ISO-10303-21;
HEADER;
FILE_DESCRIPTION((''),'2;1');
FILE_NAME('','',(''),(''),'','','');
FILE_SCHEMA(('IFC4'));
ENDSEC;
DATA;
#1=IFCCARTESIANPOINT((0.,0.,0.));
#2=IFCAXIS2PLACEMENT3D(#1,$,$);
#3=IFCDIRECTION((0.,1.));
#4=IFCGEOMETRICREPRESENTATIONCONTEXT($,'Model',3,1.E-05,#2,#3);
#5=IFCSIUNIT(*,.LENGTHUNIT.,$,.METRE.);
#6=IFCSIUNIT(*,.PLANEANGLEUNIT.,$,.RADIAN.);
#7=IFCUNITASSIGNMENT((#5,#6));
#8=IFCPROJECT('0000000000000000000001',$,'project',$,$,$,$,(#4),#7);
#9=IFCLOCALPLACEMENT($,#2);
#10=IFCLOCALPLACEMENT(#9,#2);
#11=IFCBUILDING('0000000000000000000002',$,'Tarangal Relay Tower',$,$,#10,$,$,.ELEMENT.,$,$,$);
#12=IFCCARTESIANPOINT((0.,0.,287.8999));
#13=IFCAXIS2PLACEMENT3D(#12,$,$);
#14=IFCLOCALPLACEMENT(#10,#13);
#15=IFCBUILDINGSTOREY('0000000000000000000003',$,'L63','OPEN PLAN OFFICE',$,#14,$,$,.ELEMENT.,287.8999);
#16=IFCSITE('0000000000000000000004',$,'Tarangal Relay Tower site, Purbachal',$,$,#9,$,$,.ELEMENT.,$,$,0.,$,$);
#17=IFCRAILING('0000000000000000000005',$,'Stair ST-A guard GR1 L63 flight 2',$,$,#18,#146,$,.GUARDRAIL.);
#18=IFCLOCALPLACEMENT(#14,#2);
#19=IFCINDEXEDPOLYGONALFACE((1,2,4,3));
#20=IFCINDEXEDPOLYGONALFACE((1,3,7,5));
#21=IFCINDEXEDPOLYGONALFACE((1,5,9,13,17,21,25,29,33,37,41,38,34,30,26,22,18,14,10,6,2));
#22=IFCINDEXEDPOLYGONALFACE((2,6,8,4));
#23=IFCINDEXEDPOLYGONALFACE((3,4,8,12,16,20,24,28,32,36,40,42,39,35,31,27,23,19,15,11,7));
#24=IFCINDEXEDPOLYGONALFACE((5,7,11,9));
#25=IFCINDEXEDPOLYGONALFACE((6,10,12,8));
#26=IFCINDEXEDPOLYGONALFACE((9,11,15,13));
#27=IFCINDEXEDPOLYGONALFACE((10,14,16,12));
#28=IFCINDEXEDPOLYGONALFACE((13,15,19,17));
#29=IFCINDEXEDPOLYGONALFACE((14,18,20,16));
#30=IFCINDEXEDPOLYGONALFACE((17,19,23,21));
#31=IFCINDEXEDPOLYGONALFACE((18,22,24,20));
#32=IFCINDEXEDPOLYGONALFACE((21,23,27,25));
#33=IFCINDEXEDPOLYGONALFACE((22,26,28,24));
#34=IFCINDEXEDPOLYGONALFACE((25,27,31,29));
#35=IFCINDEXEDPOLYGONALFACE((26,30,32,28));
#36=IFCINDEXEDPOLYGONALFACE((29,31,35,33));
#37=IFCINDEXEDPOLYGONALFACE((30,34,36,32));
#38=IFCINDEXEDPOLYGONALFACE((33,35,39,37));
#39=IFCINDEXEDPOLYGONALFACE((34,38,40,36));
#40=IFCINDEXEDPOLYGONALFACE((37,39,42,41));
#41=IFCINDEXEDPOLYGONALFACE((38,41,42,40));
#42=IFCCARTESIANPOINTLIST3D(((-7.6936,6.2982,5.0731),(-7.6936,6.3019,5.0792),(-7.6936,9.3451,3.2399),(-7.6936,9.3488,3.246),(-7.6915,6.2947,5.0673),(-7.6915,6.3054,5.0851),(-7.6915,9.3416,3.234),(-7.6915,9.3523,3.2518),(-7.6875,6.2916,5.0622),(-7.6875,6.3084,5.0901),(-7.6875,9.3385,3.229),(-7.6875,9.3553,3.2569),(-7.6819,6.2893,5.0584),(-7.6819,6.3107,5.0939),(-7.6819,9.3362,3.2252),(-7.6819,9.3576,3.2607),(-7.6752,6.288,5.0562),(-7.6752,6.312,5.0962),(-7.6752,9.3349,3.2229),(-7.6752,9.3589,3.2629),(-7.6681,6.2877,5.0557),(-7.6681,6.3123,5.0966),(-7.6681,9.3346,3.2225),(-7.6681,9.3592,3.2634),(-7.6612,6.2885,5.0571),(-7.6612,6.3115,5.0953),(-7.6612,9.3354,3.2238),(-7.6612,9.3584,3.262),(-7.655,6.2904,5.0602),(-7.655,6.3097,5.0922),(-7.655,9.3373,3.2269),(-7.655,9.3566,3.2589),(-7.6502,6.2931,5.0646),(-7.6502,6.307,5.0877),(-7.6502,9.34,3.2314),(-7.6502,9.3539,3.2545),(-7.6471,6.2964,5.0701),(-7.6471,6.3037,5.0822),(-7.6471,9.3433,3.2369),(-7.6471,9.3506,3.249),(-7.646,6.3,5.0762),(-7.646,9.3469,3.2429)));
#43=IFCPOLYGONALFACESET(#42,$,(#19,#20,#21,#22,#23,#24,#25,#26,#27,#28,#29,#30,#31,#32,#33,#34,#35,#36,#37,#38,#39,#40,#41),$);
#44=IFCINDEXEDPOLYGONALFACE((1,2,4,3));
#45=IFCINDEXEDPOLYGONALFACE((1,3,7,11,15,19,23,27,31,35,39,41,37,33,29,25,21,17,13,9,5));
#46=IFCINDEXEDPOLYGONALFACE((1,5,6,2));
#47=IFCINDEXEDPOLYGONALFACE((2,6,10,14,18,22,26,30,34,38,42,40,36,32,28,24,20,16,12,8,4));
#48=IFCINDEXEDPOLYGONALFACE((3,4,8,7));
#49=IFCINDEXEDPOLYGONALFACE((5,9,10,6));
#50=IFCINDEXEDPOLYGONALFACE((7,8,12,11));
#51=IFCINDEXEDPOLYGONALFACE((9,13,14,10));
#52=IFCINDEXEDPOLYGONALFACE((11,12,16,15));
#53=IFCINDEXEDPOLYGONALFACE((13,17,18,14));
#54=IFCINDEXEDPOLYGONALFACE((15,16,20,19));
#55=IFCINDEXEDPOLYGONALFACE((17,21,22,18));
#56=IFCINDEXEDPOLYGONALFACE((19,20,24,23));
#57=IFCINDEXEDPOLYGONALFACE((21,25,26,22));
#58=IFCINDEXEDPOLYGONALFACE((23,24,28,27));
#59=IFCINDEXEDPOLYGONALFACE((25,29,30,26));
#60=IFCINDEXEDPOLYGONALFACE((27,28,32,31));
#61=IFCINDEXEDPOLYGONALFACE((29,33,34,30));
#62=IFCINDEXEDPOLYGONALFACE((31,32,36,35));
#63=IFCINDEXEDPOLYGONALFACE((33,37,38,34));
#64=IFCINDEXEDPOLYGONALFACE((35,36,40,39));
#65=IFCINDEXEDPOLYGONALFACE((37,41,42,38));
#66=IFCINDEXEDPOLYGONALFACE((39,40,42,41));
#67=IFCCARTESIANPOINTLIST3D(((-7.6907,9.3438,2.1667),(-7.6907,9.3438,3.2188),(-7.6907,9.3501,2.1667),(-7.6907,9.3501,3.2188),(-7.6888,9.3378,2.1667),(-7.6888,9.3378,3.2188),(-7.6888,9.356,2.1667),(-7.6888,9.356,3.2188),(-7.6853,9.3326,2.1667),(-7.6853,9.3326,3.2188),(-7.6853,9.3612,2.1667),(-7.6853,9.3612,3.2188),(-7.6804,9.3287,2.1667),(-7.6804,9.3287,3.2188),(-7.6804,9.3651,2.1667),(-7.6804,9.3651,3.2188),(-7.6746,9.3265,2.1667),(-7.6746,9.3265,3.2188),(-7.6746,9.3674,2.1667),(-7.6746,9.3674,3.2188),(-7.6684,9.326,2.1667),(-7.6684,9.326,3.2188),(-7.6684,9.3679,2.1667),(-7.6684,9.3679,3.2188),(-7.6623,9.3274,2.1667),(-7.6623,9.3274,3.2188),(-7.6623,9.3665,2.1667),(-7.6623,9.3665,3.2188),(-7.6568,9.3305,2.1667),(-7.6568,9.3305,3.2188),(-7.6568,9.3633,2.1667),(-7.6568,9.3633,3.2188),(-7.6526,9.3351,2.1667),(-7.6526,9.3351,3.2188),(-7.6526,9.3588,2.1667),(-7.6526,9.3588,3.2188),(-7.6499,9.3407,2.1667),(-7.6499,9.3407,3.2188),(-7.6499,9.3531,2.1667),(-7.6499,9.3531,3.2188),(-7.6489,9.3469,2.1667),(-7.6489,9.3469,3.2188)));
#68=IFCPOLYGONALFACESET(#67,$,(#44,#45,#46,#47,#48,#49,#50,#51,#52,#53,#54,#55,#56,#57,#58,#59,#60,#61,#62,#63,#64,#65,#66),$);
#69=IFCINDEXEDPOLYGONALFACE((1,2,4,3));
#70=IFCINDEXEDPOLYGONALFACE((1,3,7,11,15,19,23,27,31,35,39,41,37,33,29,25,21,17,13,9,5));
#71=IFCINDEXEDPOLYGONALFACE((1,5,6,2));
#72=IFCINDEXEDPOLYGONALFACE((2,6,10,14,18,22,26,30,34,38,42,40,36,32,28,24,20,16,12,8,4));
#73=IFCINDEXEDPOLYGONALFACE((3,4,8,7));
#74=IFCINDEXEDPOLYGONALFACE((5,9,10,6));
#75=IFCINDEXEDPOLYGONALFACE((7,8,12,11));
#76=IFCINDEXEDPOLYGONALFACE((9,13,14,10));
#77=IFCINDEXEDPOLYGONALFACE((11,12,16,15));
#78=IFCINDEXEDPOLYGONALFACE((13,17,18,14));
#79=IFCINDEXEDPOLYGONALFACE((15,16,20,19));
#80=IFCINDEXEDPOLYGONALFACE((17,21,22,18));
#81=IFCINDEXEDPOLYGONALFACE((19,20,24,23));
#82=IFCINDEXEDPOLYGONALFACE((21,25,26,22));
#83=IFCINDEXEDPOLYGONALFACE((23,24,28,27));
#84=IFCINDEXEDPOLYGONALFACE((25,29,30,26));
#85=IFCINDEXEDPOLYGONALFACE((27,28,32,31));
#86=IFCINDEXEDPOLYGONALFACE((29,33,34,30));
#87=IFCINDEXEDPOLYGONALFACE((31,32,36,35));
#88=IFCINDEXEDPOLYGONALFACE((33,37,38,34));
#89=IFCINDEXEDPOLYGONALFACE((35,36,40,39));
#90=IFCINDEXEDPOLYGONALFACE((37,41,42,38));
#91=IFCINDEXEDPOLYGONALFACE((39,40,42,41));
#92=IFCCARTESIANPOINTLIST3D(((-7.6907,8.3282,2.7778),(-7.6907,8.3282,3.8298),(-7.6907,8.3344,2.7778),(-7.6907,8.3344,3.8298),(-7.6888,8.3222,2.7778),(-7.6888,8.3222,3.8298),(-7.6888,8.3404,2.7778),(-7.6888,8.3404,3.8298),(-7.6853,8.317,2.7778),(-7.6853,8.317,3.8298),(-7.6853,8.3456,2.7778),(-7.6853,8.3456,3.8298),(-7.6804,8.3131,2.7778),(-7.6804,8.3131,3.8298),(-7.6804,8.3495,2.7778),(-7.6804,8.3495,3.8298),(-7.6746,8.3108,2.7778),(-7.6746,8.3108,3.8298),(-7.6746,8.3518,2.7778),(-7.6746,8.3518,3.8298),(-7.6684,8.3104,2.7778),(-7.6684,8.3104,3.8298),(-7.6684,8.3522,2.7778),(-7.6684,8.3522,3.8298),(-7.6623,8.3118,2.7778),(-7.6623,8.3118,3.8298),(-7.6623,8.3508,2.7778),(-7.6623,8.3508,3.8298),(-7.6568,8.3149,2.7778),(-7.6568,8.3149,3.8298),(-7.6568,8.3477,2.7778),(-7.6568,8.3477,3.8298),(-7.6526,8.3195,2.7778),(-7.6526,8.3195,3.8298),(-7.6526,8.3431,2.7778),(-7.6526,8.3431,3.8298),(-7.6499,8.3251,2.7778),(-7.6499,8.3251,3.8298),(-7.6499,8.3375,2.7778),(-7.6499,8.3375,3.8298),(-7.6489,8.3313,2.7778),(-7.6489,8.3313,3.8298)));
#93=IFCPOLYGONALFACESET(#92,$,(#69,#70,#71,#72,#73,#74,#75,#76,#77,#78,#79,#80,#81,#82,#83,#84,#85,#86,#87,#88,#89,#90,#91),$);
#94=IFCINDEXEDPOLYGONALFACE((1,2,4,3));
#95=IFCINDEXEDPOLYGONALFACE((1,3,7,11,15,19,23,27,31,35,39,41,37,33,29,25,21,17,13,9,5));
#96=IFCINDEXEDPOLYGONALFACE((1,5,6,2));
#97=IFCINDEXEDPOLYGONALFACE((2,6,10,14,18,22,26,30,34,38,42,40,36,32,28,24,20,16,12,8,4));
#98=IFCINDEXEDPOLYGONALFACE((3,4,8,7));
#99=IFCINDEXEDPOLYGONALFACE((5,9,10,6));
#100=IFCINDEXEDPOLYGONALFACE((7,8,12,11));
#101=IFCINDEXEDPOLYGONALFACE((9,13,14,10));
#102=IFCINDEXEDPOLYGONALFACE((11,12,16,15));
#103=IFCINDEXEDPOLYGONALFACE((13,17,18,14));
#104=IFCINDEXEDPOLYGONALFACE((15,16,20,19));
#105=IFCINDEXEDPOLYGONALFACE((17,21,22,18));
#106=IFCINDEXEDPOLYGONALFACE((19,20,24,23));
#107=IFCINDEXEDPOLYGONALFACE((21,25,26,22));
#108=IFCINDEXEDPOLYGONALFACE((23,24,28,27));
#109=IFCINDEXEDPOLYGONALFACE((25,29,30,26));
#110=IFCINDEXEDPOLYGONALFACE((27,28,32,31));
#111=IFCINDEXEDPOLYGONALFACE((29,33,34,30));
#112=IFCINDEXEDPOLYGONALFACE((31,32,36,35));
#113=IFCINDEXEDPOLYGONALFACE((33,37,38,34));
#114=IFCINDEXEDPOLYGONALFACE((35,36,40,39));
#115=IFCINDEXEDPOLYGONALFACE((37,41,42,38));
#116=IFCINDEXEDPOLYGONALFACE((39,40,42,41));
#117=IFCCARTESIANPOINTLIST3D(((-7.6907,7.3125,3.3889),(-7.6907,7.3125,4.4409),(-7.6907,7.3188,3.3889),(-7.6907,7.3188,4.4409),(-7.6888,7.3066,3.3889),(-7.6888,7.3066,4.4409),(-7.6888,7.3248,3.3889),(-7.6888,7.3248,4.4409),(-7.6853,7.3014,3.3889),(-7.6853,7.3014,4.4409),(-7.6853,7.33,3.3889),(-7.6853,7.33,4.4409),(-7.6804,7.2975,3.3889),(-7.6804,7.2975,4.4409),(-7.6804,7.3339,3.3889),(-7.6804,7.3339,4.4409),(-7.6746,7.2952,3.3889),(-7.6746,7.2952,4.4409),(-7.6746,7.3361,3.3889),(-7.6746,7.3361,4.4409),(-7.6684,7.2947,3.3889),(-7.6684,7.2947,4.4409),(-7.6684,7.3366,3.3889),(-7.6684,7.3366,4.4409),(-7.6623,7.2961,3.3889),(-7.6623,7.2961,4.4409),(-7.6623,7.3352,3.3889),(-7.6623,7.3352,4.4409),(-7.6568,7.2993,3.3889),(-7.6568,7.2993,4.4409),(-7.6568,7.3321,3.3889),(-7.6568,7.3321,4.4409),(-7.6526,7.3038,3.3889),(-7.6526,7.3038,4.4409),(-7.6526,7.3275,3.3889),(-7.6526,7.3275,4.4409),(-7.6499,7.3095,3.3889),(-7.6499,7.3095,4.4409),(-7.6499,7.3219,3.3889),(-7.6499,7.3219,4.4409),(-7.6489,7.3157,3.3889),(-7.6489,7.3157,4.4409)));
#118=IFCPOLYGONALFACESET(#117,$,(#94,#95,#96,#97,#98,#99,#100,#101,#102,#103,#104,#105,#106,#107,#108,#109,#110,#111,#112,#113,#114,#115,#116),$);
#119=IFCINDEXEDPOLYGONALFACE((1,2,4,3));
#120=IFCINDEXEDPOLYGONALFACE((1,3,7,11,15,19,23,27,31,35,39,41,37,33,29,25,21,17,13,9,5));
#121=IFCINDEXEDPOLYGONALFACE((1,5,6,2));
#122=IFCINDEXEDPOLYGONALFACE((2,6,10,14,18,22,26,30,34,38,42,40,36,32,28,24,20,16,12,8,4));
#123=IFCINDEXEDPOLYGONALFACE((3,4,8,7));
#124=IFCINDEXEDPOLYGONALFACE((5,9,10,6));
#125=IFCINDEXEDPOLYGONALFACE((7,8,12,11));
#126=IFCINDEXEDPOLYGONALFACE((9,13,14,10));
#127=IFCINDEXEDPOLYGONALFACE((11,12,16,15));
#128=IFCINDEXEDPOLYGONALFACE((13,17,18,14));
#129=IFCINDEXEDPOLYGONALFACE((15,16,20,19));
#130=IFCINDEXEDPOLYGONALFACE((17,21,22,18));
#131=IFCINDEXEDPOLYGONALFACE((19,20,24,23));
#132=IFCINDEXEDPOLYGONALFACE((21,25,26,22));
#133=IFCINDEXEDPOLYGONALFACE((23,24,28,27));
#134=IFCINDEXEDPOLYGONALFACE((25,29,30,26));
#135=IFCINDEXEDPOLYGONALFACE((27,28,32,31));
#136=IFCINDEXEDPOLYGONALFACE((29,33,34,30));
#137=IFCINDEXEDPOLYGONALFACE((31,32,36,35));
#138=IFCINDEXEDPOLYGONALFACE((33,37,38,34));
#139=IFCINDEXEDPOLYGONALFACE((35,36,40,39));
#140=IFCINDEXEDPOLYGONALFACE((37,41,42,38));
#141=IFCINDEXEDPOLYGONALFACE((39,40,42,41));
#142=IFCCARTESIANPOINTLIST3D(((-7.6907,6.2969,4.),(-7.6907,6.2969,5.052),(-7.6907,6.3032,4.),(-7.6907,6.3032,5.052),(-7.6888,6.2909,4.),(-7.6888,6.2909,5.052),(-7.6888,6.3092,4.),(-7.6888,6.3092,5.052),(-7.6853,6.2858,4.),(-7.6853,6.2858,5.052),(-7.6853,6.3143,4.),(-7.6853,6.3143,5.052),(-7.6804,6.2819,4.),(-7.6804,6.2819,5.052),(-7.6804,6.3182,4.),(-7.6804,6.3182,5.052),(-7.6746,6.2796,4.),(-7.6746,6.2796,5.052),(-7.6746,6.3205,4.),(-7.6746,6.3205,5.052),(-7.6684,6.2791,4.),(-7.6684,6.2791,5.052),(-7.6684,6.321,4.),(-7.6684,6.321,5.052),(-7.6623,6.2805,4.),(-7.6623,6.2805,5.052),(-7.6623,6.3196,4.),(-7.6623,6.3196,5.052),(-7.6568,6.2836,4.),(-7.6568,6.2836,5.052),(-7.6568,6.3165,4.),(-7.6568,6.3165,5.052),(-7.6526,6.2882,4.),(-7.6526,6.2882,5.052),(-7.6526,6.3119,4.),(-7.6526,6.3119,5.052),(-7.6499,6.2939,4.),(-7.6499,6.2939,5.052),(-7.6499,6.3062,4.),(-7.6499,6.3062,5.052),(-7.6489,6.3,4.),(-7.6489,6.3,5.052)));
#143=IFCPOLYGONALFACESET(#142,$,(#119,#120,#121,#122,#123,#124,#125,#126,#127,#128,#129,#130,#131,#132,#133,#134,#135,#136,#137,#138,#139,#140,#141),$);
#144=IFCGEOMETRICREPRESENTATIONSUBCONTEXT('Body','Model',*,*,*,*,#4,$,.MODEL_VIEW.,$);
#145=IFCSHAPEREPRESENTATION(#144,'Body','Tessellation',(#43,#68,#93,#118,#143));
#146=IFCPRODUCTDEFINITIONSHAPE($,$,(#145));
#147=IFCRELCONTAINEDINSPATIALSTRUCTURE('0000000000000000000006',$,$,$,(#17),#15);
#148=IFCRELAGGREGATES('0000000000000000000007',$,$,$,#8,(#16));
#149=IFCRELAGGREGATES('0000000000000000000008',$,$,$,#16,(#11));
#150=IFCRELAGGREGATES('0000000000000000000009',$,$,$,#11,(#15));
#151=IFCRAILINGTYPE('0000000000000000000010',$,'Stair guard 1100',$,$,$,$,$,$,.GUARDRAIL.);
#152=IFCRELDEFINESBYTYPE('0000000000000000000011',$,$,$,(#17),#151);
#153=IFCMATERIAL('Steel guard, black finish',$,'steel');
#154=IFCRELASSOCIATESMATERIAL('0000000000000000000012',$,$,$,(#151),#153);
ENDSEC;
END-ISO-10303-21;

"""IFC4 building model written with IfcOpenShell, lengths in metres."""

from ifc_helpers import new_model, si_unit, direction, frame, origin, origin_2d, place, context, subcontext, project, spatial, circle, extrude, material, type_object, element, save


model = new_model("IFC4")

# Units and contexts
model_context = context("Model", 3, precision=1e-05, world=origin(), true_north=direction((0.0, 1.0)))
body_context = subcontext(model_context, "Body", "Model", "MODEL_VIEW")
ifc_project = project(units=[si_unit("LENGTHUNIT", "METRE"), si_unit("PLANEANGLEUNIT", "RADIAN")], contexts=[model_context])

# Site, building, storey
site_placement = place(None, origin())
site = spatial("IfcSite", under=ifc_project, at=site_placement, Name="Tarangal Relay Tower site, Purbachal", CompositionType="ELEMENT", RefElevation=0.0)
building_placement = place(site_placement, origin())
building = spatial("IfcBuilding", under=site, at=building_placement, Name="Tarangal Relay Tower", CompositionType="ELEMENT")
storey_placement = place(building_placement, frame((0.0, 0.0, 287.8999)))
storey = spatial("IfcBuildingStorey", under=building, at=storey_placement, Name="L63", Description="OPEN PLAN OFFICE", CompositionType="ELEMENT", Elevation=287.8999)

# Railing
ifc_material_1 = material(Name="Steel guard, black finish", Category="steel")
railing_type_1 = type_object("IfcRailingType", Name="Stair guard 1100", PredefinedType="GUARDRAIL", material=ifc_material_1)
railing_1_placement = place(storey_placement, frame((-7.6699, 9.3469, 2.1667)))
element("IfcRailing", 1, at=railing_1_placement, inside=storey, type_object=railing_type_1, Name="Stair ST-A guard GR1 L63 flight 2", PredefinedType="GUARDRAIL", context=body_context, shape_type="SweptSolid", body=[
    extrude(circle(Radius=0.0239, at=origin_2d()), frame((0.0, 0.0, 1.0762), z_axis=(0.0, -0.856856, 0.515556), x_axis=(1.0, 0.0, 0.0)), (0.0, 0.0, 1.0), 3.5559),
    extrude(circle(Radius=0.021, at=origin_2d()), origin(), (0.0, 0.0, 1.0), 1.052),
    extrude(circle(Radius=0.021, at=origin_2d()), frame((0.0, -1.0156, 0.6111)), (0.0, 0.0, 1.0), 1.052),
    extrude(circle(Radius=0.021, at=origin_2d()), frame((0.0, -2.0312, 1.2222)), (0.0, 0.0, 1.0), 1.052),
    extrude(circle(Radius=0.021, at=origin_2d()), frame((0.0, -3.0469, 1.8333)), (0.0, 0.0, 1.0), 1.052),
])

save(model, "model.ifc")
